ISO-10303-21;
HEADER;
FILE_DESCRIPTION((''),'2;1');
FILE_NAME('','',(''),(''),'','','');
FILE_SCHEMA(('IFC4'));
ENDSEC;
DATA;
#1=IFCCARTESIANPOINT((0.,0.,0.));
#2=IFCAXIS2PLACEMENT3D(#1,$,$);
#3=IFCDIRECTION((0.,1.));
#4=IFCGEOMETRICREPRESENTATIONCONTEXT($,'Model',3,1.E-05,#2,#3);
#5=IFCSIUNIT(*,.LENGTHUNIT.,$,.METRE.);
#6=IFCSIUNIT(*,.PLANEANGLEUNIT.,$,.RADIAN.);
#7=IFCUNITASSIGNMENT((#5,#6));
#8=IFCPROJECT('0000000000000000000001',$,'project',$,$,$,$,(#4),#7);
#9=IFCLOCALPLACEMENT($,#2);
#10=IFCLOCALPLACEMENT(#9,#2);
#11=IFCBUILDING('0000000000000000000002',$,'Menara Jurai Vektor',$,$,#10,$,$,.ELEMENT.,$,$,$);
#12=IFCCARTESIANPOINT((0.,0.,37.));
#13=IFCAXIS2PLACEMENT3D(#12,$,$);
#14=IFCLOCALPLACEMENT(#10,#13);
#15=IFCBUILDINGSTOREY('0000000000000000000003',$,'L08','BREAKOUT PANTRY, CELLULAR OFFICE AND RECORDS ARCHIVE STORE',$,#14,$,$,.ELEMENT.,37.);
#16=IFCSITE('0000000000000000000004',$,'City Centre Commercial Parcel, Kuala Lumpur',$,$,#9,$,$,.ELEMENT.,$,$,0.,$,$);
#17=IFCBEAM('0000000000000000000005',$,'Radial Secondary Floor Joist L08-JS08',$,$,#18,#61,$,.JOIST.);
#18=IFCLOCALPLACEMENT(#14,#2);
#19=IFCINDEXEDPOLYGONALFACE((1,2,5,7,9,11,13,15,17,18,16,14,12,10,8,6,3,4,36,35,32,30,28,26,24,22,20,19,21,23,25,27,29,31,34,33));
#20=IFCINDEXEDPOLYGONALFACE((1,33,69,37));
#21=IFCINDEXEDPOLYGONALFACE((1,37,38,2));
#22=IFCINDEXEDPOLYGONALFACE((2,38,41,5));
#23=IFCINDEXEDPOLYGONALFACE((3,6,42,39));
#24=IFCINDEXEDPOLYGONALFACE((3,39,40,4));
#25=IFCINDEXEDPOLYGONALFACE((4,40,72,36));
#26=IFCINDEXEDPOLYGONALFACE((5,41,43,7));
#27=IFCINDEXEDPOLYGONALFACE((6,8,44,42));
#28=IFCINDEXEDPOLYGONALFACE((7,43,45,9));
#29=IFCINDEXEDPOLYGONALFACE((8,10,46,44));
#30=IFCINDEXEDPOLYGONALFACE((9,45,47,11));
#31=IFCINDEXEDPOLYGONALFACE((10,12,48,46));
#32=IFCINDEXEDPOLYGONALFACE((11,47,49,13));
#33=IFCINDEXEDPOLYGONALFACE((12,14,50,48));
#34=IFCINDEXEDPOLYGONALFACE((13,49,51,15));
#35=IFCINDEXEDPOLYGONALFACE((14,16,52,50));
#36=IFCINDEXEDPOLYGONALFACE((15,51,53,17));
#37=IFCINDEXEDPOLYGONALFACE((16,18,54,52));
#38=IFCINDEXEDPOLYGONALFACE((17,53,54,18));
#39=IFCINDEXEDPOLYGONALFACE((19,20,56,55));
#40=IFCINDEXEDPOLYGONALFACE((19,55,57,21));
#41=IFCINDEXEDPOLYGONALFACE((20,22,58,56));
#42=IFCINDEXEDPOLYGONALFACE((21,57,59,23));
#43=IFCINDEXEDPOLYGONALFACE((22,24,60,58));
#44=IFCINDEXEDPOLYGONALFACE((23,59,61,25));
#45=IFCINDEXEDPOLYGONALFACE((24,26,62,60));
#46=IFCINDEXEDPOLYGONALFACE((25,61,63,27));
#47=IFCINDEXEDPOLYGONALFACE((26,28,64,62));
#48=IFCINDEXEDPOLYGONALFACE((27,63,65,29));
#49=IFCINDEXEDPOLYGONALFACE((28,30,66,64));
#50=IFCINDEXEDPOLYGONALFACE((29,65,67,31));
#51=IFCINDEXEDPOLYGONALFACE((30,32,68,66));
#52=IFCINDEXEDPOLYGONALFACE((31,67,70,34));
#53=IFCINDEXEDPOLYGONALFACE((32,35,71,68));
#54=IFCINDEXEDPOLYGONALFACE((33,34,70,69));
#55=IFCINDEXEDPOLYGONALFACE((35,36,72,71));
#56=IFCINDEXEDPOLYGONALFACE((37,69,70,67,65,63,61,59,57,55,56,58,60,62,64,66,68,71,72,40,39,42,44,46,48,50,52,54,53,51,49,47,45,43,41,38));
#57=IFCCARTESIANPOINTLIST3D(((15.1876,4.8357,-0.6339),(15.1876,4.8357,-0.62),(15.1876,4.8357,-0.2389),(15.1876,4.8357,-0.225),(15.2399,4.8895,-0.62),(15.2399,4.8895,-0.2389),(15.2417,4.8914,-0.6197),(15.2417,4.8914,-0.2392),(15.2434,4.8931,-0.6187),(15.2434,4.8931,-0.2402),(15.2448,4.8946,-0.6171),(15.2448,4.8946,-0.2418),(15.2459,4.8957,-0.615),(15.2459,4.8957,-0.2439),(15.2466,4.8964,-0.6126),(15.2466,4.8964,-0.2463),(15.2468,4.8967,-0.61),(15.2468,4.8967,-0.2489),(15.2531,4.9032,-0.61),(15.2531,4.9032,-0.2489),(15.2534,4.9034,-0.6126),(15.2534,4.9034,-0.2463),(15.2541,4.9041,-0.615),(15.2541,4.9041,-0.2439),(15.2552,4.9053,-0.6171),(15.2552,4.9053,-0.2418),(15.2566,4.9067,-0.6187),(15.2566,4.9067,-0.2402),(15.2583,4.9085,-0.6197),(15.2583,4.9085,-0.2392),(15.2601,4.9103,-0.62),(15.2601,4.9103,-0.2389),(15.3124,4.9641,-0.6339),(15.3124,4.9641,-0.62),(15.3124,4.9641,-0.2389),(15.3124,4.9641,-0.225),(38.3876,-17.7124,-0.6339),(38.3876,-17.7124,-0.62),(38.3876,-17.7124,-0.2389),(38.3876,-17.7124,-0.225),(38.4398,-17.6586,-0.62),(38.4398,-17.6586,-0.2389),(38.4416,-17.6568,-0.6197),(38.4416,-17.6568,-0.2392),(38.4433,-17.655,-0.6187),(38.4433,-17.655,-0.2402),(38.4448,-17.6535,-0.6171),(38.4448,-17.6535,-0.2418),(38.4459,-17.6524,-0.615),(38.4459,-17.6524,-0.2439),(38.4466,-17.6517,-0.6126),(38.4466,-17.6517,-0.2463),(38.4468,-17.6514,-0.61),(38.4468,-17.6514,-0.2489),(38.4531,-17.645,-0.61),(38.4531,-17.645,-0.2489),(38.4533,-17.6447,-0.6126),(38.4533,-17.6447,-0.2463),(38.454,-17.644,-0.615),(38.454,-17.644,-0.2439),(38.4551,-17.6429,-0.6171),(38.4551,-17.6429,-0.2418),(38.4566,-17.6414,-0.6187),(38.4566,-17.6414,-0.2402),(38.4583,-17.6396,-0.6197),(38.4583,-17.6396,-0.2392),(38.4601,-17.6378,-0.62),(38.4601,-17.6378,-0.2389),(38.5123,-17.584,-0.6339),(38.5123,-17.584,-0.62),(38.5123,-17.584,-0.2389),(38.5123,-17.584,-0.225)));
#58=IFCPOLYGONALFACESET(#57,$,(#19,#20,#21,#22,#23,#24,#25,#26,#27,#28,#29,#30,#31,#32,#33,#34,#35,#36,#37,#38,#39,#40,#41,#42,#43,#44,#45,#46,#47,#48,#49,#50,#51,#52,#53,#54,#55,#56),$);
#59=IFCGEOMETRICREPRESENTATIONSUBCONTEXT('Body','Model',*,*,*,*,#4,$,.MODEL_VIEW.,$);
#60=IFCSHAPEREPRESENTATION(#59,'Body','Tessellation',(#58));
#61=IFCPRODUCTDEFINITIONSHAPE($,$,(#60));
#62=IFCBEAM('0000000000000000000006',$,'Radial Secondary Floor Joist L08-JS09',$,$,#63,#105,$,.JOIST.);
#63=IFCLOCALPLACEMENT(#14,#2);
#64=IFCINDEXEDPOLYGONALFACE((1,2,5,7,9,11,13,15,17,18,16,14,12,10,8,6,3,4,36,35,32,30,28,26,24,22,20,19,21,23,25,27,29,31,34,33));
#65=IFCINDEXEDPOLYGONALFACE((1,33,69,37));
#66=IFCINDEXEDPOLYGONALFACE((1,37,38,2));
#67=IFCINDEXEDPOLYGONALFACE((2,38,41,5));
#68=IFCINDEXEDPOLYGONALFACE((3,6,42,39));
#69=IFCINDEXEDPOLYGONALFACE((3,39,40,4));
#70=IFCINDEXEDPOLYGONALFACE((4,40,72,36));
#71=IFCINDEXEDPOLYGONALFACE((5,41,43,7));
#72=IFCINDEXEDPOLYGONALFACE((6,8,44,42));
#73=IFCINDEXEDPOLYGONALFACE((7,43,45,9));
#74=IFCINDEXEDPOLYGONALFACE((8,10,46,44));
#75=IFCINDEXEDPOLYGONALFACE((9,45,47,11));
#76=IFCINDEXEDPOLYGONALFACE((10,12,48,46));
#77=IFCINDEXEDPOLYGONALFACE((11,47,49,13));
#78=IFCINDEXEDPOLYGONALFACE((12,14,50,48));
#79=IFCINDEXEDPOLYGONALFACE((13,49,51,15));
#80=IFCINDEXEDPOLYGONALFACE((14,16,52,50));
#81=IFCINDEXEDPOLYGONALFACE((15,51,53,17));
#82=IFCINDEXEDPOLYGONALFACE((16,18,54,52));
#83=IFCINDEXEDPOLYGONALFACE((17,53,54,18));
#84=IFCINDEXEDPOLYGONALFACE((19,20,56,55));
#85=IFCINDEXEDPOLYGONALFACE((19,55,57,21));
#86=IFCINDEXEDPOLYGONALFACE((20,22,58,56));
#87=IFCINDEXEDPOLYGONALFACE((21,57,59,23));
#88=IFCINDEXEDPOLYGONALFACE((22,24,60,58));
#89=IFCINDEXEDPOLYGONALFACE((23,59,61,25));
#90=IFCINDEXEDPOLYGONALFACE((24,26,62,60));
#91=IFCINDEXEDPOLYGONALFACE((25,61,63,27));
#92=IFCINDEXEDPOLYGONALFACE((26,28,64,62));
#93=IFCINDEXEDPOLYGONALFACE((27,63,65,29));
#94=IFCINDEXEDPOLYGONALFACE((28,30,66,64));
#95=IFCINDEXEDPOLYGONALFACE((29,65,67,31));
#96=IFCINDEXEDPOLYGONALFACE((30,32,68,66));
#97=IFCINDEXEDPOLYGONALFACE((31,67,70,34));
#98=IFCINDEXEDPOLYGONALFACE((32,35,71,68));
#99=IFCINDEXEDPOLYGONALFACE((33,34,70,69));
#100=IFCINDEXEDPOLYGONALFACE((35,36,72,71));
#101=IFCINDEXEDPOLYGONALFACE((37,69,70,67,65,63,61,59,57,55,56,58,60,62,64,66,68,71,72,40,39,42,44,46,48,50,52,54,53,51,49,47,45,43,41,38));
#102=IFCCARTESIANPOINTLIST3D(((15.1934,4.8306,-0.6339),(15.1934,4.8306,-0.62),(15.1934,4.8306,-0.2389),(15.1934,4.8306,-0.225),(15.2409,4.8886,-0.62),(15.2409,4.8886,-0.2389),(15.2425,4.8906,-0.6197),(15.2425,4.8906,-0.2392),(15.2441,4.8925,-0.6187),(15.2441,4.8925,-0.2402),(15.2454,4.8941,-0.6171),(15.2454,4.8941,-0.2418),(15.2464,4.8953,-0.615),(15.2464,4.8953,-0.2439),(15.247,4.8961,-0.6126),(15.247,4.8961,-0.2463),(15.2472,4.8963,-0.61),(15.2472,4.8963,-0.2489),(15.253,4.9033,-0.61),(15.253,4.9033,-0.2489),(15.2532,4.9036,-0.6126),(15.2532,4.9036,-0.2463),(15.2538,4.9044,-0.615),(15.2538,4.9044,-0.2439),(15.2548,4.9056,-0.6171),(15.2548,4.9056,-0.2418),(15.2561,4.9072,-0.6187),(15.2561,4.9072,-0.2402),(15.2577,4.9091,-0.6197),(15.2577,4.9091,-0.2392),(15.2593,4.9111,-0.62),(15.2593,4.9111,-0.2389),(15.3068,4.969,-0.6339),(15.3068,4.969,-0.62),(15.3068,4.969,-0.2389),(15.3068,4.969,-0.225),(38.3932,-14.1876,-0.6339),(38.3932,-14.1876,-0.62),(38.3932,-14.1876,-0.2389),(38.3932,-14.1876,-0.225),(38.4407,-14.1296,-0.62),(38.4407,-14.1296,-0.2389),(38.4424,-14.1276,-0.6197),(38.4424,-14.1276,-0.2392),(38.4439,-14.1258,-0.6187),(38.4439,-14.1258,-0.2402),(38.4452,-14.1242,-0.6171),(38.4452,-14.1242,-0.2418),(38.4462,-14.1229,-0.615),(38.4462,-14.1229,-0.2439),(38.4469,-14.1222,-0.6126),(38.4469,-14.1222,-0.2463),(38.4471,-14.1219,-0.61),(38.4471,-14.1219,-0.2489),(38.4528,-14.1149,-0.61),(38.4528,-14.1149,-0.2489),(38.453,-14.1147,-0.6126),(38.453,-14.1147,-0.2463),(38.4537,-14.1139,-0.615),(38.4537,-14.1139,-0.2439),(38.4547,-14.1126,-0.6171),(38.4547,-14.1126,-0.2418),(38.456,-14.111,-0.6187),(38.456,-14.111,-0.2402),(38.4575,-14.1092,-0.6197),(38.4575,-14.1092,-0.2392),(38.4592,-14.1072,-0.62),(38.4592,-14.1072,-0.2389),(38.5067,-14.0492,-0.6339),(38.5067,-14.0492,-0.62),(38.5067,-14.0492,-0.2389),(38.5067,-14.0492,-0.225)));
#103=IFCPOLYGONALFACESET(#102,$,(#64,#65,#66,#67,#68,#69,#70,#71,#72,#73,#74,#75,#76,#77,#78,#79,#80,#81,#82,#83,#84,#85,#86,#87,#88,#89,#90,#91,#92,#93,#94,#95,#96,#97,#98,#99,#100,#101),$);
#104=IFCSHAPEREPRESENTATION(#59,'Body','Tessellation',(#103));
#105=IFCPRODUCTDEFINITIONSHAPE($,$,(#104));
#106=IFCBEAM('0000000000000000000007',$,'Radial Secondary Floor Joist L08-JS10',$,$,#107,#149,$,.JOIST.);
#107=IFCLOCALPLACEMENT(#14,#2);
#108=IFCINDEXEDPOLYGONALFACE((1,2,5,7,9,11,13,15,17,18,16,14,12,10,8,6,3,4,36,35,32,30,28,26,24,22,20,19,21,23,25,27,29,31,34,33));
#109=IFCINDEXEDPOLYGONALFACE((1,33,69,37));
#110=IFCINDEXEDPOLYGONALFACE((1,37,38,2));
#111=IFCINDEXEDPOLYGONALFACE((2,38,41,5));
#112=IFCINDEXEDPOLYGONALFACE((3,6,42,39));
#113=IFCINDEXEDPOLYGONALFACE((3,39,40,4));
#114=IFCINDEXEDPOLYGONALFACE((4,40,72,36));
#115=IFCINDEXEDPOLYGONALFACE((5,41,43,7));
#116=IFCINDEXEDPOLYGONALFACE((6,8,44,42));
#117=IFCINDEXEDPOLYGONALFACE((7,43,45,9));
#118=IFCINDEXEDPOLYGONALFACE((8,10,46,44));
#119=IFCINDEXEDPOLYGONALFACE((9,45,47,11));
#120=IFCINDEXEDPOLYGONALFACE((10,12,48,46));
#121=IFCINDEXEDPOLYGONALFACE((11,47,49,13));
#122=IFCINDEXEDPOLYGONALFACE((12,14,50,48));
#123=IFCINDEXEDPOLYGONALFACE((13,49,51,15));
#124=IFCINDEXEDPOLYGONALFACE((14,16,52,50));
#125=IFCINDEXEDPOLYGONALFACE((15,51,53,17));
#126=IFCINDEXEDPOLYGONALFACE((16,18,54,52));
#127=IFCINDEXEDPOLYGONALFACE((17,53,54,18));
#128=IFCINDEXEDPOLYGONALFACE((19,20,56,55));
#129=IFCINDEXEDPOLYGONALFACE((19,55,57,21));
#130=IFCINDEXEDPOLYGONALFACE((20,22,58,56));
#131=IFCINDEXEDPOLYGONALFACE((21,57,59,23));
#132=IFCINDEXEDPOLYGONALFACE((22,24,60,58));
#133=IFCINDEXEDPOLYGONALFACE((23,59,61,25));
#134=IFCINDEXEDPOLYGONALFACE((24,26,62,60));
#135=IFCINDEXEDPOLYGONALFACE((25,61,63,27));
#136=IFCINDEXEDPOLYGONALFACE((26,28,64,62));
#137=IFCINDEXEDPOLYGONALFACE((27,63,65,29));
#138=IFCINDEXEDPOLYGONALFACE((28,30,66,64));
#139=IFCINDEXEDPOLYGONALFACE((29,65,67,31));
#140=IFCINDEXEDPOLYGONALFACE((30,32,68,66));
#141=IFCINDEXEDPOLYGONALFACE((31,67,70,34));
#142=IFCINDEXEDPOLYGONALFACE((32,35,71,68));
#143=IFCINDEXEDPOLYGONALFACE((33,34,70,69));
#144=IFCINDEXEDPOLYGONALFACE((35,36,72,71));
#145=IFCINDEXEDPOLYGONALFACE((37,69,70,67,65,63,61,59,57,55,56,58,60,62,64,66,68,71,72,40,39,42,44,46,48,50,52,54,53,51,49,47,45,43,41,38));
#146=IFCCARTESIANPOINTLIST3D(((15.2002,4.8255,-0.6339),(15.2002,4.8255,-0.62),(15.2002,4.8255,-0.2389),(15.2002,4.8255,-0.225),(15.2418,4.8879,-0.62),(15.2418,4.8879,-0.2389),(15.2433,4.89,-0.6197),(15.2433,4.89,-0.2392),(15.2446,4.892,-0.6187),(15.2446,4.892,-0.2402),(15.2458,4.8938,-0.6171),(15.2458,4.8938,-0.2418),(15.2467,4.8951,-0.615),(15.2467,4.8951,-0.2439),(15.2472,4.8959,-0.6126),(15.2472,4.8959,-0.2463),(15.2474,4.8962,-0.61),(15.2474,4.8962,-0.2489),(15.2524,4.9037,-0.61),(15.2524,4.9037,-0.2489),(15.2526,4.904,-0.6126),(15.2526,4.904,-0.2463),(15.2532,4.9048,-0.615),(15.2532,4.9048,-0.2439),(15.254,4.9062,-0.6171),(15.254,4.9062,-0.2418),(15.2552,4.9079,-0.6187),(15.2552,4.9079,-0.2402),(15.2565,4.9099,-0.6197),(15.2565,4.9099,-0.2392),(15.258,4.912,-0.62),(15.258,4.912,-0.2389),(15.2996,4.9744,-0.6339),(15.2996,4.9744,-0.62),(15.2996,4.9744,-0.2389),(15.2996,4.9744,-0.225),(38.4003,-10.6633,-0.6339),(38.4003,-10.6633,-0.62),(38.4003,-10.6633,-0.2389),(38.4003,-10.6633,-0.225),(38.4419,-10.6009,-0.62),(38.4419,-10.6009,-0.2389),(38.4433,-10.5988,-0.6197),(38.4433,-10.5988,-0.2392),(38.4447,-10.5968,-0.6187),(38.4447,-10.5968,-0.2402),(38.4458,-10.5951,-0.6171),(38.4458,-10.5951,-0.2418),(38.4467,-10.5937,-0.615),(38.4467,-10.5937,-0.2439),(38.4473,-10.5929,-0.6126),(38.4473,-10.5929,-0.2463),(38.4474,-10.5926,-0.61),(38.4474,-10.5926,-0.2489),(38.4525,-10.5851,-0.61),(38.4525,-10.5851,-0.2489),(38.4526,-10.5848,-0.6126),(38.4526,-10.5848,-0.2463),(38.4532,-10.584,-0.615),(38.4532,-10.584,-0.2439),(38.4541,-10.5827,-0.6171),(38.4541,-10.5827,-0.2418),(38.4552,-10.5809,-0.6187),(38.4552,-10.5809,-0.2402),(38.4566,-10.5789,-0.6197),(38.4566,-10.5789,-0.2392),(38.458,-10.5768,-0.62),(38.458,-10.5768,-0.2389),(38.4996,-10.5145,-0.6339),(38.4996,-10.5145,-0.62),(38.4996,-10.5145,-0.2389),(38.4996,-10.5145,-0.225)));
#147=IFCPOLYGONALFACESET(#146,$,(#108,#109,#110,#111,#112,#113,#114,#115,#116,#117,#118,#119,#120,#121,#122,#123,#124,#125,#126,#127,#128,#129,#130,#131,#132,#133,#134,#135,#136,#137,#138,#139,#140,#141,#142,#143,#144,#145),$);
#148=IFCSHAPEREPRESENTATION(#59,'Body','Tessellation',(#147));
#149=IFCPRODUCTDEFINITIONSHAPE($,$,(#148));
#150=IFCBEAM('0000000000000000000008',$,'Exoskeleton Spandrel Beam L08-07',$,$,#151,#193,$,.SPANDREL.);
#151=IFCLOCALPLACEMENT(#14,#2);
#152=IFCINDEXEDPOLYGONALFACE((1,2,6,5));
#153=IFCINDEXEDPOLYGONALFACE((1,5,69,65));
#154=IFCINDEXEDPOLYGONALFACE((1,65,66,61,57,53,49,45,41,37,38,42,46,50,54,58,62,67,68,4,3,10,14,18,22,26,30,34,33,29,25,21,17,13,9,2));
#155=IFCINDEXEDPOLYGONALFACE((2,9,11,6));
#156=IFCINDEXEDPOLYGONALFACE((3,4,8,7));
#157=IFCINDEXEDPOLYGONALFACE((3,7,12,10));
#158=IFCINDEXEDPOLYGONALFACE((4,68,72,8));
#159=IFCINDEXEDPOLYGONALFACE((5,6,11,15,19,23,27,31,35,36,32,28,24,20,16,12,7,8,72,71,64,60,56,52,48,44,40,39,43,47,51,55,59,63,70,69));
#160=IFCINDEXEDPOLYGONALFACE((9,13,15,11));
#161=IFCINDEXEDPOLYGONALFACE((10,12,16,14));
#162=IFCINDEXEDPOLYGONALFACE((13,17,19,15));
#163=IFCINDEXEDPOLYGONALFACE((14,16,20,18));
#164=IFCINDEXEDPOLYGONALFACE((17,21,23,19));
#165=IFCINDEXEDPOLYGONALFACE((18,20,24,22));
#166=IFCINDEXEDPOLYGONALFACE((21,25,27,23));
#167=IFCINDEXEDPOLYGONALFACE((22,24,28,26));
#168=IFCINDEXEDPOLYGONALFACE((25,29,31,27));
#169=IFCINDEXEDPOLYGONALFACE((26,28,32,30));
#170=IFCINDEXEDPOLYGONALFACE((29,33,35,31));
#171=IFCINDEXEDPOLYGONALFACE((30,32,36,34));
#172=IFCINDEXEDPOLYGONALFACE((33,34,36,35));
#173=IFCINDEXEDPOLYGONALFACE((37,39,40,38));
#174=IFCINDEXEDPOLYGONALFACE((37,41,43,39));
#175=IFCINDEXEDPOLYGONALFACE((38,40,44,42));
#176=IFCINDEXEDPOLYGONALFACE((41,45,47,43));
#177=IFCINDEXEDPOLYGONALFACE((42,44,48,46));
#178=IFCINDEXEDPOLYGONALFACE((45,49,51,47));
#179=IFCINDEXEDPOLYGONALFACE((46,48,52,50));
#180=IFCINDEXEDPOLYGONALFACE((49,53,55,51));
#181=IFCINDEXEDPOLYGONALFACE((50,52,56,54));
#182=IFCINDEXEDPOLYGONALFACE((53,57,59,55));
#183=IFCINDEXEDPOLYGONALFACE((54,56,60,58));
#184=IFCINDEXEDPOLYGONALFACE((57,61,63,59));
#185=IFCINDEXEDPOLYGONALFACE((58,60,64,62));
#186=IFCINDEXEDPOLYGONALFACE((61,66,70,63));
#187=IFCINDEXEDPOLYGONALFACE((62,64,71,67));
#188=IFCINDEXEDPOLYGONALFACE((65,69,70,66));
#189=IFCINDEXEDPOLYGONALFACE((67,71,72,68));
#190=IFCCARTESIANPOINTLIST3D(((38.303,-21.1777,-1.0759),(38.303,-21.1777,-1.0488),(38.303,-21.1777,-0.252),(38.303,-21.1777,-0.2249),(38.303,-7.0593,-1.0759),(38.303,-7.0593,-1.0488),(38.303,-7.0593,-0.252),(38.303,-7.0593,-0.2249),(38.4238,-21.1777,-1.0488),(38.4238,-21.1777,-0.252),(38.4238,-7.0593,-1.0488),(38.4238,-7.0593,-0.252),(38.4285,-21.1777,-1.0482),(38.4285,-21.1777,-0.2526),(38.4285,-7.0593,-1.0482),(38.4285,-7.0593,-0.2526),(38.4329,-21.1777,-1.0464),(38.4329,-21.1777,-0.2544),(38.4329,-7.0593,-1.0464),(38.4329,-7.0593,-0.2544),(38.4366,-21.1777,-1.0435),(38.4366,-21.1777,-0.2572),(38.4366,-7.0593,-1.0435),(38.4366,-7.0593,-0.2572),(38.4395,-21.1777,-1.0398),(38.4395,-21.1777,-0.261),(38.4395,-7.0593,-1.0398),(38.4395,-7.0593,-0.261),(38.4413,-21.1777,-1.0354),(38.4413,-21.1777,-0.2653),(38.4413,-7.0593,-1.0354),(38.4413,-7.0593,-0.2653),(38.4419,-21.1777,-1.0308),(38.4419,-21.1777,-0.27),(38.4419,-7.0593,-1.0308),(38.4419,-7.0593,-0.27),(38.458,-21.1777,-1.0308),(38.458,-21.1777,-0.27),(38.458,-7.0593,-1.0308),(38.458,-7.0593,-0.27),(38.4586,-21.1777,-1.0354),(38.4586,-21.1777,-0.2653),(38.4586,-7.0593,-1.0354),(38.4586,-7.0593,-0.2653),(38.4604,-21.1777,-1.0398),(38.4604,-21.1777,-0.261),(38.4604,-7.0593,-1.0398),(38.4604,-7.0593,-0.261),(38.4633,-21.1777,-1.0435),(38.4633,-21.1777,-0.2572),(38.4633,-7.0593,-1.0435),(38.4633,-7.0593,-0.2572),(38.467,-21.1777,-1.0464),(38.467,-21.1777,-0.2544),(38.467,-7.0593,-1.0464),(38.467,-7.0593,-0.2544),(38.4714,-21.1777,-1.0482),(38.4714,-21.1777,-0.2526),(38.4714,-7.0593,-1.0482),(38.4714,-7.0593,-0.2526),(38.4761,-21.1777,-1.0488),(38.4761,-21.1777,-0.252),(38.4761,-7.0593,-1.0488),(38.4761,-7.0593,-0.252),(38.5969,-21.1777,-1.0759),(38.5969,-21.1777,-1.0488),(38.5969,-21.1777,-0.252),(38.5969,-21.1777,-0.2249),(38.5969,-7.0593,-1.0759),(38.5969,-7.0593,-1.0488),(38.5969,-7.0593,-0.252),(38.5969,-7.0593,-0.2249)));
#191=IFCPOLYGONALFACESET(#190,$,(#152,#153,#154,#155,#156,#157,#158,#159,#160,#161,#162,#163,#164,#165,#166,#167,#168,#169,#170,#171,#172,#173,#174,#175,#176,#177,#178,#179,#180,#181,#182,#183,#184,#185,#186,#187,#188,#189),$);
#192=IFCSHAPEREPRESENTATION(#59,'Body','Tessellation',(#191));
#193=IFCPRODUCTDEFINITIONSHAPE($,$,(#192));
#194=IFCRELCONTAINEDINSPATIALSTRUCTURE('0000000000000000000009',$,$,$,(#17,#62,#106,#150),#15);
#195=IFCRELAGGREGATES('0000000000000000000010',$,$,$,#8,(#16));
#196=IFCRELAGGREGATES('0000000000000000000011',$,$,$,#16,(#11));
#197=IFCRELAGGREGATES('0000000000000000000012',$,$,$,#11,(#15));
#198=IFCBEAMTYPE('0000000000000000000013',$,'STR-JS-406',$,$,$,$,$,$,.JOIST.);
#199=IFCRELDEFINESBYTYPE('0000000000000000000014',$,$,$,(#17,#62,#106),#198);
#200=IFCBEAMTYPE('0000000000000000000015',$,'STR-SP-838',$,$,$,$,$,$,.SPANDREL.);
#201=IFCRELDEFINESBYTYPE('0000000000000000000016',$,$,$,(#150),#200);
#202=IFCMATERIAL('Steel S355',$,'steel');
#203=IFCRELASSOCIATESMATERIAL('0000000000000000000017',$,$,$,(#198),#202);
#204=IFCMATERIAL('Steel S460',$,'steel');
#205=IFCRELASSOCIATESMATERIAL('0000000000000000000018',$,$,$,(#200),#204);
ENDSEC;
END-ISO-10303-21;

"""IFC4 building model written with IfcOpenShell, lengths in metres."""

from ifc_helpers import new_model, si_unit, direction, frame, origin, origin_2d, place, context, subcontext, project, spatial, i_section, extrude, material, material_profile, profile_set, type_object, element, save


model = new_model("IFC4")

# Units and contexts
model_context = context("Model", 3, precision=1e-05, world=origin(), true_north=direction((0.0, 1.0)))
body_context = subcontext(model_context, "Body", "Model", "MODEL_VIEW")
ifc_project = project(units=[si_unit("LENGTHUNIT", "METRE"), si_unit("PLANEANGLEUNIT", "RADIAN")], contexts=[model_context])

# Site, building, storey
site_placement = place(None, origin())
site = spatial("IfcSite", under=ifc_project, at=site_placement, Name="City Centre Commercial Parcel, Kuala Lumpur", CompositionType="ELEMENT", RefElevation=0.0)
building_placement = place(site_placement, origin())
building = spatial("IfcBuilding", under=site, at=building_placement, Name="Menara Jurai Vektor", CompositionType="ELEMENT")
storey_placement = place(building_placement, frame((0.0, 0.0, 37.0)))
storey = spatial("IfcBuildingStorey", under=building, at=storey_placement, Name="L08", Description="BREAKOUT PANTRY, CELLULAR OFFICE AND RECORDS ARCHIVE STORE", CompositionType="ELEMENT", Elevation=37.0)

# Shared definitions
ifc_material_1 = material(Name="Steel S460", Category="steel")

# Shared definitions
ifc_material_2 = material(Name="Steel S355", Category="steel")

# Beams
ifc_material_profile_1 = material_profile(ifc_material_2, i_section(OverallWidth=0.179, OverallDepth=0.4089, WebThickness=0.009, FlangeThickness=0.0139, FilletRadius=0.01, at=origin_2d()), Name="UKB 406x178x67")
ifc_profile_set_1 = profile_set([ifc_material_profile_1], Name="Steel S355")
beam_type_1 = type_object("IfcBeamType", Name="STR-JS-406", PredefinedType="JOIST", material=ifc_profile_set_1)
beam_1_placement = place(storey_placement, frame((38.45, -17.6482, -0.4294), z_axis=(-0.717109, 0.696961, 0.0), x_axis=(-0.696961, -0.717109, 0.0)))
element("IfcBeam", 1, at=beam_1_placement, inside=storey, type_object=beam_type_1, Name="Radial Secondary Floor Joist L08-JS08", PredefinedType="JOIST", context=body_context, shape_type="SweptSolid", body=[
    extrude(i_section(OverallWidth=0.179, OverallDepth=0.4089, WebThickness=0.009, FlangeThickness=0.0139, FilletRadius=0.01, at=origin_2d()), origin(), (0.0, 0.0, 1.0), 32.3521),
])
beam_2_placement = place(storey_placement, frame((38.45, -14.1184, -0.4294), z_axis=(-0.77336, 0.633967, 0.0), x_axis=(-0.633967, -0.77336, 0.0)))
element("IfcBeam", 2, at=beam_2_placement, inside=storey, type_object=beam_type_1, Name="Radial Secondary Floor Joist L08-JS09", PredefinedType="JOIST", context=body_context, shape_type="SweptSolid", body=[
    extrude(i_section(OverallWidth=0.179, OverallDepth=0.4089, WebThickness=0.009, FlangeThickness=0.0139, FilletRadius=0.01, at=origin_2d()), origin(), (0.0, 0.0, 1.0), 29.9988),
])
beam_3_placement = place(storey_placement, frame((38.45, -10.5889, -0.4294), z_axis=(-0.831684, 0.555249, 0.0), x_axis=(-0.555249, -0.831684, 0.0)))
element("IfcBeam", 3, at=beam_3_placement, inside=storey, type_object=beam_type_1, Name="Radial Secondary Floor Joist L08-JS10", PredefinedType="JOIST", context=body_context, shape_type="SweptSolid", body=[
    extrude(i_section(OverallWidth=0.179, OverallDepth=0.4089, WebThickness=0.009, FlangeThickness=0.0139, FilletRadius=0.01, at=origin_2d()), origin(), (0.0, 0.0, 1.0), 27.8953),
])
ifc_material_profile_2 = material_profile(ifc_material_1, i_section(OverallWidth=0.2939, OverallDepth=0.8511, WebThickness=0.0161, FlangeThickness=0.0271, FilletRadius=0.0181, at=origin_2d()), Name="UKB 838x292x226")
ifc_profile_set_2 = profile_set([ifc_material_profile_2], Name="Steel S460")
beam_type_2 = type_object("IfcBeamType", Name="STR-SP-838", PredefinedType="SPANDREL", material=ifc_profile_set_2)
beam_4_placement = place(storey_placement, frame((38.45, -21.1777, -0.6504), z_axis=(0.0, 1.0, 0.0), x_axis=(-1.0, 0.0, 0.0)))
element("IfcBeam", 4, at=beam_4_placement, inside=storey, type_object=beam_type_2, Name="Exoskeleton Spandrel Beam L08-07", PredefinedType="SPANDREL", context=body_context, shape_type="SweptSolid", body=[
    extrude(i_section(OverallWidth=0.2939, OverallDepth=0.8511, WebThickness=0.0161, FlangeThickness=0.0271, FilletRadius=0.0181, at=origin_2d()), origin(), (0.0, 0.0, 1.0), 14.1184),
])

save(model, "model.ifc")
